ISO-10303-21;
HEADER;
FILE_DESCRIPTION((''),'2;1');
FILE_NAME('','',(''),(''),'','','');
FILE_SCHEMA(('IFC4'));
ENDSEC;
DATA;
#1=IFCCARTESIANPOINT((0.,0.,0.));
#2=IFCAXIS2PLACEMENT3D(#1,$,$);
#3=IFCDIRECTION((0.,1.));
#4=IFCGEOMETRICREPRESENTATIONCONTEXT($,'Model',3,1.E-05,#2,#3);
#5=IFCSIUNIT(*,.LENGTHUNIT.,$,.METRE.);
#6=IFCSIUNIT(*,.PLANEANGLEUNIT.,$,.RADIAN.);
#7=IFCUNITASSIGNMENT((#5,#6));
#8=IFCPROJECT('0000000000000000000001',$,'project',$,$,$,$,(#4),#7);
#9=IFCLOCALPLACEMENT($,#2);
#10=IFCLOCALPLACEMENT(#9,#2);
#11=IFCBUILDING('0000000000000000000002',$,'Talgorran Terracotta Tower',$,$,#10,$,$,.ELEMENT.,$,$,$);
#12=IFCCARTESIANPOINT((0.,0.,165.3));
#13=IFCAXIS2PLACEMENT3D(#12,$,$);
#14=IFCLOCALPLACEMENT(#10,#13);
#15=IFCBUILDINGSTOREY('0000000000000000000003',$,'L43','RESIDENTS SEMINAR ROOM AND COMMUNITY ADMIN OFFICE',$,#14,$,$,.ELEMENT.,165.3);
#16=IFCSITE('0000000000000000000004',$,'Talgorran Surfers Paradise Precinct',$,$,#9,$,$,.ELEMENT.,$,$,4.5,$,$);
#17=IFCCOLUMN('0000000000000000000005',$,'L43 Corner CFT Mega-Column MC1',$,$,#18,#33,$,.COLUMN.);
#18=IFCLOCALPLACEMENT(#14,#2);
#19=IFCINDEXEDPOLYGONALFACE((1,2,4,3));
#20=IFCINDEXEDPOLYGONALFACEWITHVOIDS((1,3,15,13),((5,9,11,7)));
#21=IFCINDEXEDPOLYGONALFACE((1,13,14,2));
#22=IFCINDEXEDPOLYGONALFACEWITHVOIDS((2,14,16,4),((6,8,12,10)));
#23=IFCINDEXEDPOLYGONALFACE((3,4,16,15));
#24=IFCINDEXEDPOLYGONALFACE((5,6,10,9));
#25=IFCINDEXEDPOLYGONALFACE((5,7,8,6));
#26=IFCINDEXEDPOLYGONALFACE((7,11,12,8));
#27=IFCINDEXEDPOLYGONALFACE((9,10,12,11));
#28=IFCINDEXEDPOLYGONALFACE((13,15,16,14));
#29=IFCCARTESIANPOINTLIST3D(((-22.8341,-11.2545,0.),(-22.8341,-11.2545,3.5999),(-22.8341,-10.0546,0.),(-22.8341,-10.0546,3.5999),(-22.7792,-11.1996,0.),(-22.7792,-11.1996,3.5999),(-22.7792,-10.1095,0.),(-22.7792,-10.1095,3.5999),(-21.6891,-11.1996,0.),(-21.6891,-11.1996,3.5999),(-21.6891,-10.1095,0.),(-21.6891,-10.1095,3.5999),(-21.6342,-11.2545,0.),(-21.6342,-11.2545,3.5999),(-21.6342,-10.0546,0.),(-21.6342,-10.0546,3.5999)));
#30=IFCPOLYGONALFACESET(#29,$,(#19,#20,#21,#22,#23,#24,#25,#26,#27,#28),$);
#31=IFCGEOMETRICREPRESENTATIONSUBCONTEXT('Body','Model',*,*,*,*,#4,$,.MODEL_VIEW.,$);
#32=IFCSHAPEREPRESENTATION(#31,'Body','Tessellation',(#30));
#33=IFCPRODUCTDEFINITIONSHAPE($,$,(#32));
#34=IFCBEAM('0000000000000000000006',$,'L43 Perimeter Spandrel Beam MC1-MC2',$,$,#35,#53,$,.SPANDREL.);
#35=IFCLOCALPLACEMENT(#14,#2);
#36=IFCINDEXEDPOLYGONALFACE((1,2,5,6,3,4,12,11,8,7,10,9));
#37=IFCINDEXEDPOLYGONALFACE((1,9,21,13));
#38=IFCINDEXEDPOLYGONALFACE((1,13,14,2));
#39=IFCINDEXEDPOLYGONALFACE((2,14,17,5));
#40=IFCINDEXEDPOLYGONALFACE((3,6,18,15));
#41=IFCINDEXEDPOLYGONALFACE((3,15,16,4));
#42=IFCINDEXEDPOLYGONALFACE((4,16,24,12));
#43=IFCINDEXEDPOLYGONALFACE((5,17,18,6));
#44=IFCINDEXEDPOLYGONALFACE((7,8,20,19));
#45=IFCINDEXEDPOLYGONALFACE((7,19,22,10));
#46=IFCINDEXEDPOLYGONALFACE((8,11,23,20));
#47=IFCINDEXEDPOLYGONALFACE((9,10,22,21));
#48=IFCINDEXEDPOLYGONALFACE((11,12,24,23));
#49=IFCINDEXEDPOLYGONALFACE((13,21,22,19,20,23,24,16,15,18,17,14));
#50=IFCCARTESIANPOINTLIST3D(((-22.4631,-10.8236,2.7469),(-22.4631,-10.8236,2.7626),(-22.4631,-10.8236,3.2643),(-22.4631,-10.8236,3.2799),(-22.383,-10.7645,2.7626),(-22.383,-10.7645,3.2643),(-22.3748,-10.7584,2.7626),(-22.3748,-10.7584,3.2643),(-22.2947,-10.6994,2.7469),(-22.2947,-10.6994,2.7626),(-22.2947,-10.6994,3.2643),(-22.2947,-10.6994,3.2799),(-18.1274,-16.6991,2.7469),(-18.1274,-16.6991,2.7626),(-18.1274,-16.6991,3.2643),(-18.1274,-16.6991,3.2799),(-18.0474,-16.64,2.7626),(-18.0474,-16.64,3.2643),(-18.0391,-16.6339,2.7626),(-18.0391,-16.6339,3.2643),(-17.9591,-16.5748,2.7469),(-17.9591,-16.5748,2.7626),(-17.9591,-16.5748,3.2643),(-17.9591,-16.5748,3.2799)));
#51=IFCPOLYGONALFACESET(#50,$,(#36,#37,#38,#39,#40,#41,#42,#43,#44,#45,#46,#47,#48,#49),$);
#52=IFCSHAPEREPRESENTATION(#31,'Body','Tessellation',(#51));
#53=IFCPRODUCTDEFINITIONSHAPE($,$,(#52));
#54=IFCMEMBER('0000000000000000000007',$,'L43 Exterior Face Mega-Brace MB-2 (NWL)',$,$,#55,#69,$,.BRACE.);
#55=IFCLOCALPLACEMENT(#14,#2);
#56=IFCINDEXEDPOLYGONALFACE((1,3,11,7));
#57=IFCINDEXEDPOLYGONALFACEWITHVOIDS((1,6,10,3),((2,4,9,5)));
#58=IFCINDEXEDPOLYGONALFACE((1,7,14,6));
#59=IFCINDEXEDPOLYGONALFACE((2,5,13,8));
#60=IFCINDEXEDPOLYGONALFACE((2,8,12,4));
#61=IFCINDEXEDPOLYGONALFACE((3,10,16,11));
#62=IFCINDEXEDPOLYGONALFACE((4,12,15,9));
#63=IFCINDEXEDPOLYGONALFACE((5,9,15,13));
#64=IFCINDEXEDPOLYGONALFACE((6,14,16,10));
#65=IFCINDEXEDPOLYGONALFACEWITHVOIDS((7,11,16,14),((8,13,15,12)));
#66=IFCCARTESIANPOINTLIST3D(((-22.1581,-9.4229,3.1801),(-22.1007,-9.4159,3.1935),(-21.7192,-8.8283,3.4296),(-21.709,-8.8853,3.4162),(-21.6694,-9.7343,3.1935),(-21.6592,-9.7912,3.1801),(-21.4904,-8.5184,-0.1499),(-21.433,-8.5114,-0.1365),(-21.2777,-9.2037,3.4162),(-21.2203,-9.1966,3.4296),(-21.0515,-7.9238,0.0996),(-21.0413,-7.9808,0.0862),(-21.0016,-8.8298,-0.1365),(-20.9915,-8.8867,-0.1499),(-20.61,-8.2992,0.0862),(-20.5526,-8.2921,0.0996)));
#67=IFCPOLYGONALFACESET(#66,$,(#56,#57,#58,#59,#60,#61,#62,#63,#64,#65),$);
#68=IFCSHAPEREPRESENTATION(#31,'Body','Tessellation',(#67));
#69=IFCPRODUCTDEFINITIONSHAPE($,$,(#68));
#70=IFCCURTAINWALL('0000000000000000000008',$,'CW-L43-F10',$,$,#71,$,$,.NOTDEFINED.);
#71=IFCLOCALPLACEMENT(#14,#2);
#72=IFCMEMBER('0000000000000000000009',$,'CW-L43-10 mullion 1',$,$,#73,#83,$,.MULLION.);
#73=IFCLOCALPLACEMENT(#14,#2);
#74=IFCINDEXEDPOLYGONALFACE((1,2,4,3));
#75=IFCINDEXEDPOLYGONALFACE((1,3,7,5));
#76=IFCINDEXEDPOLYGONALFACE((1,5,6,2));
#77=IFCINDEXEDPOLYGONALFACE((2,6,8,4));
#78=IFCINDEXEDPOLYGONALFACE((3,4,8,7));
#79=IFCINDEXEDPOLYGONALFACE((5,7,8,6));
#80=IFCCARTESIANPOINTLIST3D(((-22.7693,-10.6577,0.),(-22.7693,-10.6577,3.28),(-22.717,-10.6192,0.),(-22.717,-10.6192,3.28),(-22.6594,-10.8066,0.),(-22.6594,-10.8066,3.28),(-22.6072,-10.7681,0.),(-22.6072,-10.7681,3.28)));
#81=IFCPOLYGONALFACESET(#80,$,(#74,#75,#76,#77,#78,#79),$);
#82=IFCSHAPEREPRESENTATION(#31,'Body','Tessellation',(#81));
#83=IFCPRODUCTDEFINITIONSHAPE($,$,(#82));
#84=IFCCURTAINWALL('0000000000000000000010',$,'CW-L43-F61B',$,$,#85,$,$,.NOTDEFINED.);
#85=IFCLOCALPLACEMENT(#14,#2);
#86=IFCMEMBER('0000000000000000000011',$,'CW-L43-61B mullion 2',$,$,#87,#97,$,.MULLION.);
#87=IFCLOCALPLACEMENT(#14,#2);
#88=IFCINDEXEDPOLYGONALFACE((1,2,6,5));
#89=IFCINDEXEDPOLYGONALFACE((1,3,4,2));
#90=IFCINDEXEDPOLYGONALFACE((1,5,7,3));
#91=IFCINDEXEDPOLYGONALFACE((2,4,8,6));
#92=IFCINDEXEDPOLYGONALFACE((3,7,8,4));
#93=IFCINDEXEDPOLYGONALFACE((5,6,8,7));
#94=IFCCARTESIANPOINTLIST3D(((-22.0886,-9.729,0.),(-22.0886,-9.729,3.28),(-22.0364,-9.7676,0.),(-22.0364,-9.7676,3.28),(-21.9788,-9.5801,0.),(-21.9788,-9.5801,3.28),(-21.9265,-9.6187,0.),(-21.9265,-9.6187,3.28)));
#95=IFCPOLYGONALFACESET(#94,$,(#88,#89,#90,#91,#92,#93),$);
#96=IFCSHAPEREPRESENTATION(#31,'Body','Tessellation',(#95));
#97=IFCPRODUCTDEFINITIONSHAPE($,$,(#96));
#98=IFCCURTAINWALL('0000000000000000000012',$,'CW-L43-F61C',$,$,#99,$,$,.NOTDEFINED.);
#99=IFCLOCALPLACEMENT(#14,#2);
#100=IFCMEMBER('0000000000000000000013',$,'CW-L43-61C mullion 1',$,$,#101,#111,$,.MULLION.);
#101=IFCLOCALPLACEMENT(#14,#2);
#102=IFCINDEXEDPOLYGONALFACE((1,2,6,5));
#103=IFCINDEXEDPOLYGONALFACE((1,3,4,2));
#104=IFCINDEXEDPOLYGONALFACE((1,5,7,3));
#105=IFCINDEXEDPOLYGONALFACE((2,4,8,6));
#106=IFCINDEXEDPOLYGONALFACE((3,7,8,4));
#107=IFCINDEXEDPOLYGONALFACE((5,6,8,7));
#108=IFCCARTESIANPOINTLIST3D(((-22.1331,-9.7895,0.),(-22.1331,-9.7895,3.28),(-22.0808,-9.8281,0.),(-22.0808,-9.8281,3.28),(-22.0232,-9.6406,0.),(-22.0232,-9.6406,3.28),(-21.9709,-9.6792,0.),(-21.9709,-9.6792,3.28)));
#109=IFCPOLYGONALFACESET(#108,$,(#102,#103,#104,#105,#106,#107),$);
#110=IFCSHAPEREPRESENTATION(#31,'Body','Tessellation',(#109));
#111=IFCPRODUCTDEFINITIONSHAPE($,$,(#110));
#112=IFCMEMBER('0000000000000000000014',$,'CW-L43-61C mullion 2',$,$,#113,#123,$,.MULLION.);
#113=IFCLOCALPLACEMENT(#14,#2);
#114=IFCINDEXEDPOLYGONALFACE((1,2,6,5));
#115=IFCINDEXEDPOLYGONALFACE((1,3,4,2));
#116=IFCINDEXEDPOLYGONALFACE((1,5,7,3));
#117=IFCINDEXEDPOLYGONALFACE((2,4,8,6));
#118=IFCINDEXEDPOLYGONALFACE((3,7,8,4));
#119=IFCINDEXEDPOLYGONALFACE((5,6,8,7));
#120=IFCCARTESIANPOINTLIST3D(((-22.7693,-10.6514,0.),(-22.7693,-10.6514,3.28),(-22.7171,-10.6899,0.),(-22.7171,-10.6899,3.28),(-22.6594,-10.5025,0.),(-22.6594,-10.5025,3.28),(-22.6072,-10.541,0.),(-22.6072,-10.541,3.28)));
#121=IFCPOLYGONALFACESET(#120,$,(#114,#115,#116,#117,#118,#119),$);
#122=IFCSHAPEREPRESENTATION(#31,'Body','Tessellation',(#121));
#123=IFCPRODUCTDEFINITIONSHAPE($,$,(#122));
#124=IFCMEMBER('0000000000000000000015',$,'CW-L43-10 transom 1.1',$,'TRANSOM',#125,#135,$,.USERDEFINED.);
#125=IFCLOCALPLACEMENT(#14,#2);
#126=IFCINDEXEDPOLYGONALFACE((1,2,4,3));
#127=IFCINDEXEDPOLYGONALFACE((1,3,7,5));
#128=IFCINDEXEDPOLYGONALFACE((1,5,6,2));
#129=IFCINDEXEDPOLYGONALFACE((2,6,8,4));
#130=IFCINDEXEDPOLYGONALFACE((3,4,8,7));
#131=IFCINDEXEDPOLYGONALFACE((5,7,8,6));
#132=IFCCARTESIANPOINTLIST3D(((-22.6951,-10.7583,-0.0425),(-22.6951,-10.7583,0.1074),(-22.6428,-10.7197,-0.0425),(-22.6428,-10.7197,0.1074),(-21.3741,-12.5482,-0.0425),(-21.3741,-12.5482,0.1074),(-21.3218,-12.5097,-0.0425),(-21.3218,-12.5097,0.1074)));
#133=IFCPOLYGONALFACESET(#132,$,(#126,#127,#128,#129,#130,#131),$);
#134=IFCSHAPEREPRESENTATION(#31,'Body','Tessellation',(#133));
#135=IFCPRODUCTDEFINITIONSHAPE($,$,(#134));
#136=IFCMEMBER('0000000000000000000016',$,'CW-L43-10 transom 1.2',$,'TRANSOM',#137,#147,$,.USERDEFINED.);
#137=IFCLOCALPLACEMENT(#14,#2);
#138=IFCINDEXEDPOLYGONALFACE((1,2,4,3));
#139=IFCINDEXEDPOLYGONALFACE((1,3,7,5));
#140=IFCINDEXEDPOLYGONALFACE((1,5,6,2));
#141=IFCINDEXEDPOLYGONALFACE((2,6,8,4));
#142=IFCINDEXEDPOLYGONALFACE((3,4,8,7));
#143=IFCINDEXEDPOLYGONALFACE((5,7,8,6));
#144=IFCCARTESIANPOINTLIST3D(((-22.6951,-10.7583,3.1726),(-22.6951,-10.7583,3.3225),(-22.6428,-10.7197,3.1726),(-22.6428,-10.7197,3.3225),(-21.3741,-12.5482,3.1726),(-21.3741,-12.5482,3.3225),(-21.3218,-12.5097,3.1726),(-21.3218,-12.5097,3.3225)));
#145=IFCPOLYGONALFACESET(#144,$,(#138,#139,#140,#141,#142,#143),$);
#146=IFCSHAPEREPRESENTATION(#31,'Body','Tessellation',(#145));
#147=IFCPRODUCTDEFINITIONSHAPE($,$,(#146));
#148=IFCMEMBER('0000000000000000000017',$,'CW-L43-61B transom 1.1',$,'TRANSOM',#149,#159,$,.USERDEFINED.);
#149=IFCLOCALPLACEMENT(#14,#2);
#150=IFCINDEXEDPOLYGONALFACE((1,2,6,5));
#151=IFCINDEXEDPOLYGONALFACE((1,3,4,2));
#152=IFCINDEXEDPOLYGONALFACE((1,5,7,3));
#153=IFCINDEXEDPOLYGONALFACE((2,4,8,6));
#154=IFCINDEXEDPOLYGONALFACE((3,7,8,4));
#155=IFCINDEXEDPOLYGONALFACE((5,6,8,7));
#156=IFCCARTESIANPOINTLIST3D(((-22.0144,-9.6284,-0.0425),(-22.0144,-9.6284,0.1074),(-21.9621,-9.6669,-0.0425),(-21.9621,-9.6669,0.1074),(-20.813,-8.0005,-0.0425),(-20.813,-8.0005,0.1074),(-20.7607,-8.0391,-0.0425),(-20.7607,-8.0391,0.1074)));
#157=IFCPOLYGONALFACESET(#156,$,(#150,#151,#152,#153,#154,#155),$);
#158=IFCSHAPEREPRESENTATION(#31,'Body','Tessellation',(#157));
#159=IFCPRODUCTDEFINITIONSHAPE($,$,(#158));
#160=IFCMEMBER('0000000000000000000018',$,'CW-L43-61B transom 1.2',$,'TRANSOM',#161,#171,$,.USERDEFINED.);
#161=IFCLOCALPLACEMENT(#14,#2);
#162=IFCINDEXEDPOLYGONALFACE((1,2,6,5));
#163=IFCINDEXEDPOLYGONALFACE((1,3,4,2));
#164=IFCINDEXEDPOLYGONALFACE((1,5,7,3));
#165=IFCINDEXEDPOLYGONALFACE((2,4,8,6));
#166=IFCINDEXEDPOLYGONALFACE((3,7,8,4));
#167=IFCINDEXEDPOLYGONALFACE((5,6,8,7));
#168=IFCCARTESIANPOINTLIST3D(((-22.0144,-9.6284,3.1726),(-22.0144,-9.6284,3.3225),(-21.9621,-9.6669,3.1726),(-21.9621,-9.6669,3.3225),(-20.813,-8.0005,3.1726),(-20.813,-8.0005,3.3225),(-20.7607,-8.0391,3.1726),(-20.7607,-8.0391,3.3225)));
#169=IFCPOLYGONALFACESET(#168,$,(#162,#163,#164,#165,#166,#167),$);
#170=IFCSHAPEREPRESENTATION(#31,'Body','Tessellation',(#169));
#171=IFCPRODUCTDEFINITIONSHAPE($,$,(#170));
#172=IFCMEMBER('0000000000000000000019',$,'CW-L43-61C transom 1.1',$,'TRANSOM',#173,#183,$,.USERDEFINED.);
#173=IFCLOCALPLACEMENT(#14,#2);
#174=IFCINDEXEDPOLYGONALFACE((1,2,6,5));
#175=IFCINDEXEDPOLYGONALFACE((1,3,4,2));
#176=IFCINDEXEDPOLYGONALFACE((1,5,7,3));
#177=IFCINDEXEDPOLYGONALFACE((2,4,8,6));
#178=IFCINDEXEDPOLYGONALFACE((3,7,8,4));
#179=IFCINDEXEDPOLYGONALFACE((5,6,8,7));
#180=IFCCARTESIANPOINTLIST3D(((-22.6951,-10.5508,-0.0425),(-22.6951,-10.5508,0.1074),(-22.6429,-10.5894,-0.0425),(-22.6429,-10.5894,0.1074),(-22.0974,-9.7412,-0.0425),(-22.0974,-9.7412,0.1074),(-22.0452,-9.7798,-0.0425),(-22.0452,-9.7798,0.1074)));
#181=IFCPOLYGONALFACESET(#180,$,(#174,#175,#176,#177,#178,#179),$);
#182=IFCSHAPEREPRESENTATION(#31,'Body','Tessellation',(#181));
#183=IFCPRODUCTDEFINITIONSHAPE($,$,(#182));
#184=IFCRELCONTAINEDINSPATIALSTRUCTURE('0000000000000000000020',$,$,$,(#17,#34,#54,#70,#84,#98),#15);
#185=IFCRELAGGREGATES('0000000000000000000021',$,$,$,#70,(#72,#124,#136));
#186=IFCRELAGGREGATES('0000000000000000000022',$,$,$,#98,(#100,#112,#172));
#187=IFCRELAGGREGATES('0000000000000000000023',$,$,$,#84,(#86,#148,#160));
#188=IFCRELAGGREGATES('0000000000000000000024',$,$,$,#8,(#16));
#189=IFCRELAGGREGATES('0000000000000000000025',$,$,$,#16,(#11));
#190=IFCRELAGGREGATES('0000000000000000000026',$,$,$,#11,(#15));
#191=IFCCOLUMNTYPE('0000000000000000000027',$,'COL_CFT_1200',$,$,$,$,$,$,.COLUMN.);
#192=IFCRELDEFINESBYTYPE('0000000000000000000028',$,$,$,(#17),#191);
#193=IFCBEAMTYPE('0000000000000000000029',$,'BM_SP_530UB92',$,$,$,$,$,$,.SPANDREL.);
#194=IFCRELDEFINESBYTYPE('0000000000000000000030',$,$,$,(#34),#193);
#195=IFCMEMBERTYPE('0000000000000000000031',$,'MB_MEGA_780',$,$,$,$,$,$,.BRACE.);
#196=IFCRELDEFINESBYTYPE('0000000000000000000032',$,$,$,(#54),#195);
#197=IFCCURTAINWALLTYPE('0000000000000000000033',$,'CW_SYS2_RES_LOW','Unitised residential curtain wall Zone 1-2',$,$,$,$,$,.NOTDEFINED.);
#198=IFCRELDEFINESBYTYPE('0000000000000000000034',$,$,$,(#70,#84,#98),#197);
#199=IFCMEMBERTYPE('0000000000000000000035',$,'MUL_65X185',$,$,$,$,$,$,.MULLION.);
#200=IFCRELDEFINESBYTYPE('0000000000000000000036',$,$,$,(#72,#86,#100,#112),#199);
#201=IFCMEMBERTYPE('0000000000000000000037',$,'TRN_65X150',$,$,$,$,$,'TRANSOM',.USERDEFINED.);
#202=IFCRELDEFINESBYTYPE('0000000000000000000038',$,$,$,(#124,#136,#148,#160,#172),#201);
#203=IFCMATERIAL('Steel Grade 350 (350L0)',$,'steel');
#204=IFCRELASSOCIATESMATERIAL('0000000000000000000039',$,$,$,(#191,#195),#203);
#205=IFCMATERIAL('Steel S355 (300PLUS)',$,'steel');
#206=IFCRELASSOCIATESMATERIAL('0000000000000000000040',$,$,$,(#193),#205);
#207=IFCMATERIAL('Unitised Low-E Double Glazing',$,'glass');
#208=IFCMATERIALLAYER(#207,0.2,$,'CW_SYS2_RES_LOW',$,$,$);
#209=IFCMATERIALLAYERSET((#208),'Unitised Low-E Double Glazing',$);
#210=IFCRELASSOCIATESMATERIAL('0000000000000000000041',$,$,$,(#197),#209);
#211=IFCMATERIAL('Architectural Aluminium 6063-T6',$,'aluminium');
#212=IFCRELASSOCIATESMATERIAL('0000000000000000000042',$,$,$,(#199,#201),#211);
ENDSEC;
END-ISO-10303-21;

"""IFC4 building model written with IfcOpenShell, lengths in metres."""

from ifc_helpers import new_model, si_unit, direction, frame, origin, origin_2d, place, context, subcontext, project, spatial, rectangle, hollow_rectangle, i_section, extrude, material, layer, layer_set, material_profile, profile_set, type_object, element, aggregate, save


model = new_model("IFC4")

# Units and contexts
model_context = context("Model", 3, precision=1e-05, world=origin(), true_north=direction((0.0, 1.0)))
body_context = subcontext(model_context, "Body", "Model", "MODEL_VIEW")
ifc_project = project(units=[si_unit("LENGTHUNIT", "METRE"), si_unit("PLANEANGLEUNIT", "RADIAN")], contexts=[model_context])

# Site, building, storey
site_placement = place(None, origin())
site = spatial("IfcSite", under=ifc_project, at=site_placement, Name="Talgorran Surfers Paradise Precinct", CompositionType="ELEMENT", RefElevation=4.5)
building_placement = place(site_placement, origin())
building = spatial("IfcBuilding", under=site, at=building_placement, Name="Talgorran Terracotta Tower", CompositionType="ELEMENT")
storey_placement = place(building_placement, frame((0.0, 0.0, 165.3)))
storey = spatial("IfcBuildingStorey", under=building, at=storey_placement, Name="L43", Description="RESIDENTS SEMINAR ROOM AND COMMUNITY ADMIN OFFICE", CompositionType="ELEMENT", Elevation=165.3)

# Column
ifc_material_1 = material(Name="Steel Grade 350 (350L0)", Category="steel")
ifc_material_profile_1 = material_profile(ifc_material_1, hollow_rectangle(XDim=1.2, YDim=1.2, WallThickness=0.0549, at=origin_2d()), Name="CFT1200X1200X55")
ifc_profile_set_1 = profile_set([ifc_material_profile_1], Name="Steel Grade 350 (350L0)")
column_type = type_object("IfcColumnType", Name="COL_CFT_1200", PredefinedType="COLUMN", material=ifc_profile_set_1)
column_placement = place(storey_placement, frame((-22.2341, -10.6545, 0.0), z_axis=(0.0, 0.0, 1.0), x_axis=(1.0, 0.0, 0.0)))
element("IfcColumn", 1, at=column_placement, inside=storey, type_object=column_type, Name="L43 Corner CFT Mega-Column MC1", PredefinedType="COLUMN", context=body_context, shape_type="SweptSolid", body=[
    extrude(hollow_rectangle(XDim=1.2, YDim=1.2, WallThickness=0.0549, at=origin_2d()), origin(), (0.0, 0.0, 1.0), 3.5999),
])

# Beam
ifc_material_2 = material(Name="Steel S355 (300PLUS)", Category="steel")
ifc_material_profile_2 = material_profile(ifc_material_2, i_section(OverallWidth=0.2092, OverallDepth=0.533, WebThickness=0.0103, FlangeThickness=0.0156, at=origin_2d()), Name="530UB92.4")
ifc_profile_set_2 = profile_set([ifc_material_profile_2], Name="Steel S355 (300PLUS)")
beam_type = type_object("IfcBeamType", Name="BM_SP_530UB92", PredefinedType="SPANDREL", material=ifc_profile_set_2)
beam_placement = place(storey_placement, frame((-22.3789, -10.7615, 3.0134), z_axis=(0.593766, -0.804638, 0.0), x_axis=(0.804638, 0.593766, 0.0)))
element("IfcBeam", 2, at=beam_placement, inside=storey, type_object=beam_type, Name="L43 Perimeter Spandrel Beam MC1-MC2", PredefinedType="SPANDREL", context=body_context, shape_type="SweptSolid", body=[
    extrude(i_section(OverallWidth=0.2092, OverallDepth=0.533, WebThickness=0.0103, FlangeThickness=0.0156, at=origin_2d()), origin(), (0.0, 0.0, 1.0), 7.302),
])

# Member
ifc_material_profile_3 = material_profile(ifc_material_1, hollow_rectangle(XDim=0.6201, YDim=0.78, WallThickness=0.042, at=origin_2d()), Name="WBOX780X620X42")
ifc_profile_set_3 = profile_set([ifc_material_profile_3], Name="Steel Grade 350 (350L0)")
member_type_1 = type_object("IfcMemberType", Name="MB_MEGA_780", PredefinedType="BRACE", material=ifc_profile_set_3)
member_1_placement = place(storey_placement, frame((-21.0215, -8.4053, -0.0251), z_axis=(-0.189978, -0.257356, 0.947458), x_axis=(0.804537, -0.593902, 0.0)))
element("IfcMember", 3, at=member_1_placement, inside=storey, type_object=member_type_1, Name="L43 Exterior Face Mega-Brace MB-2 (NWL)", PredefinedType="BRACE", context=body_context, shape_type="SweptSolid", body=[
    extrude(hollow_rectangle(XDim=0.6201, YDim=0.78, WallThickness=0.042, at=origin_2d()), origin(), (0.0, 0.0, 1.0), 3.5146),
])

# Curtain walls, members
ifc_material_3 = material(Name="Unitised Low-E Double Glazing", Category="glass")
ifc_layer_1 = layer(ifc_material_3, 0.2, Name="CW_SYS2_RES_LOW")
ifc_layer_set_1 = layer_set([ifc_layer_1], Name="Unitised Low-E Double Glazing")
curtain_wall_type = type_object("IfcCurtainWallType", Name="CW_SYS2_RES_LOW", Description="Unitised residential curtain wall Zone 1-2", PredefinedType="NOTDEFINED", material=ifc_layer_set_1)
curtain_wall_1_placement = place(storey_placement, origin())
curtain_wall_1 = element("IfcCurtainWall", 4, at=curtain_wall_1_placement, inside=storey, type_object=curtain_wall_type, Name="CW-L43-F10", PredefinedType="NOTDEFINED")
ifc_material_4 = material(Name="Architectural Aluminium 6063-T6", Category="aluminium")
ifc_material_profile_4 = material_profile(ifc_material_4, rectangle(XDim=0.0649, YDim=0.1851, at=origin_2d()), Name="CWM65X185")
ifc_profile_set_4 = profile_set([ifc_material_profile_4], Name="Architectural Aluminium 6063-T6")
member_type_2 = type_object("IfcMemberType", Name="MUL_65X185", PredefinedType="MULLION", material=ifc_profile_set_4)
member_2_placement = place(storey_placement, frame((-22.6882, -10.7129, 0.0), z_axis=(0.0, 0.0, 1.0), x_axis=(0.804619, 0.593791, 0.0)))
member_2 = element("IfcMember", 5, at=member_2_placement, type_object=member_type_2, Name="CW-L43-10 mullion 1", PredefinedType="MULLION", context=body_context, shape_type="SweptSolid", body=[
    extrude(rectangle(XDim=0.0649, YDim=0.1851, at=origin_2d()), origin(), (0.0, 0.0, 1.0), 3.28),
])
curtain_wall_2_placement = place(storey_placement, origin())
curtain_wall_2 = element("IfcCurtainWall", 6, at=curtain_wall_2_placement, inside=storey, type_object=curtain_wall_type, Name="CW-L43-F61B", PredefinedType="NOTDEFINED")
member_3_placement = place(storey_placement, frame((-22.0076, -9.6738, 0.0), z_axis=(0.0, 0.0, 1.0), x_axis=(0.804624, -0.593785, 0.0)))
member_3 = element("IfcMember", 7, at=member_3_placement, type_object=member_type_2, Name="CW-L43-61B mullion 2", PredefinedType="MULLION", context=body_context, shape_type="SweptSolid", body=[
    extrude(rectangle(XDim=0.0649, YDim=0.1851, at=origin_2d()), origin(), (0.0, 0.0, 1.0), 3.28),
])

# Curtain wall, members
curtain_wall_3_placement = place(storey_placement, origin())
curtain_wall_3 = element("IfcCurtainWall", 8, at=curtain_wall_3_placement, inside=storey, type_object=curtain_wall_type, Name="CW-L43-F61C", PredefinedType="NOTDEFINED")
member_4_placement = place(storey_placement, frame((-22.052, -9.7344, 0.0), z_axis=(0.0, 0.0, 1.0), x_axis=(0.804602, -0.593814, 0.0)))
member_4 = element("IfcMember", 9, at=member_4_placement, type_object=member_type_2, Name="CW-L43-61C mullion 1", PredefinedType="MULLION", context=body_context, shape_type="SweptSolid", body=[
    extrude(rectangle(XDim=0.0649, YDim=0.1851, at=origin_2d()), origin(), (0.0, 0.0, 1.0), 3.28),
])
member_5_placement = place(storey_placement, frame((-22.6882, -10.5962, 0.0), z_axis=(0.0, 0.0, 1.0), x_axis=(0.804602, -0.593814, 0.0)))
member_5 = element("IfcMember", 10, at=member_5_placement, type_object=member_type_2, Name="CW-L43-61C mullion 2", PredefinedType="MULLION", context=body_context, shape_type="SweptSolid", body=[
    extrude(rectangle(XDim=0.0649, YDim=0.1851, at=origin_2d()), origin(), (0.0, 0.0, 1.0), 3.28),
])

# Members
ifc_material_profile_5 = material_profile(ifc_material_4, rectangle(XDim=0.0649, YDim=0.1499, at=origin_2d()), Name="CWT65X150")
ifc_profile_set_5 = profile_set([ifc_material_profile_5], Name="Architectural Aluminium 6063-T6")
member_type_3 = type_object("IfcMemberType", Name="TRN_65X150", ElementType="TRANSOM", PredefinedType="USERDEFINED", material=ifc_profile_set_5)
member_6_placement = place(storey_placement, frame((-22.6689, -10.739, 0.0325), z_axis=(0.593802, -0.804612, 0.0), x_axis=(0.804612, 0.593802, 0.0)))
member_6 = element("IfcMember", 11, at=member_6_placement, type_object=member_type_3, Name="CW-L43-10 transom 1.1", ObjectType="TRANSOM", PredefinedType="USERDEFINED", context=body_context, shape_type="SweptSolid", body=[
    extrude(rectangle(XDim=0.0649, YDim=0.1499, at=origin_2d()), origin(), (0.0, 0.0, 1.0), 2.2246),
])
member_7_placement = place(storey_placement, frame((-22.6689, -10.739, 3.2476), z_axis=(0.593802, -0.804612, 0.0), x_axis=(0.804612, 0.593802, 0.0)))
member_7 = element("IfcMember", 12, at=member_7_placement, type_object=member_type_3, Name="CW-L43-10 transom 1.2", ObjectType="TRANSOM", PredefinedType="USERDEFINED", context=body_context, shape_type="SweptSolid", body=[
    extrude(rectangle(XDim=0.0649, YDim=0.1499, at=origin_2d()), origin(), (0.0, 0.0, 1.0), 2.2246),
])
member_8_placement = place(storey_placement, frame((-20.7869, -8.0198, 0.0325), z_axis=(-0.593804, -0.80461, 0.0), x_axis=(0.80461, -0.593804, 0.0)))
member_8 = element("IfcMember", 13, at=member_8_placement, type_object=member_type_3, Name="CW-L43-61B transom 1.1", ObjectType="TRANSOM", PredefinedType="USERDEFINED", context=body_context, shape_type="SweptSolid", body=[
    extrude(rectangle(XDim=0.0649, YDim=0.1499, at=origin_2d()), origin(), (0.0, 0.0, 1.0), 2.0232),
])
member_9_placement = place(storey_placement, frame((-20.7869, -8.0198, 3.2476), z_axis=(-0.593804, -0.80461, 0.0), x_axis=(0.80461, -0.593804, 0.0)))
member_9 = element("IfcMember", 14, at=member_9_placement, type_object=member_type_3, Name="CW-L43-61B transom 1.2", ObjectType="TRANSOM", PredefinedType="USERDEFINED", context=body_context, shape_type="SweptSolid", body=[
    extrude(rectangle(XDim=0.0649, YDim=0.1499, at=origin_2d()), origin(), (0.0, 0.0, 1.0), 2.0232),
])
member_10_placement = place(storey_placement, frame((-22.0713, -9.7605, 0.0325), z_axis=(-0.593927, -0.804519, 0.0), x_axis=(0.804519, -0.593927, 0.0)))
member_10 = element("IfcMember", 15, at=member_10_placement, type_object=member_type_3, Name="CW-L43-61C transom 1.1", ObjectType="TRANSOM", PredefinedType="USERDEFINED", context=body_context, shape_type="SweptSolid", body=[
    extrude(rectangle(XDim=0.0649, YDim=0.1499, at=origin_2d()), origin(), (0.0, 0.0, 1.0), 1.0063),
])

aggregate(curtain_wall_1, [member_2, member_6, member_7])
aggregate(curtain_wall_3, [member_4, member_5, member_10])
aggregate(curtain_wall_2, [member_3, member_8, member_9])

save(model, "model.ifc")
